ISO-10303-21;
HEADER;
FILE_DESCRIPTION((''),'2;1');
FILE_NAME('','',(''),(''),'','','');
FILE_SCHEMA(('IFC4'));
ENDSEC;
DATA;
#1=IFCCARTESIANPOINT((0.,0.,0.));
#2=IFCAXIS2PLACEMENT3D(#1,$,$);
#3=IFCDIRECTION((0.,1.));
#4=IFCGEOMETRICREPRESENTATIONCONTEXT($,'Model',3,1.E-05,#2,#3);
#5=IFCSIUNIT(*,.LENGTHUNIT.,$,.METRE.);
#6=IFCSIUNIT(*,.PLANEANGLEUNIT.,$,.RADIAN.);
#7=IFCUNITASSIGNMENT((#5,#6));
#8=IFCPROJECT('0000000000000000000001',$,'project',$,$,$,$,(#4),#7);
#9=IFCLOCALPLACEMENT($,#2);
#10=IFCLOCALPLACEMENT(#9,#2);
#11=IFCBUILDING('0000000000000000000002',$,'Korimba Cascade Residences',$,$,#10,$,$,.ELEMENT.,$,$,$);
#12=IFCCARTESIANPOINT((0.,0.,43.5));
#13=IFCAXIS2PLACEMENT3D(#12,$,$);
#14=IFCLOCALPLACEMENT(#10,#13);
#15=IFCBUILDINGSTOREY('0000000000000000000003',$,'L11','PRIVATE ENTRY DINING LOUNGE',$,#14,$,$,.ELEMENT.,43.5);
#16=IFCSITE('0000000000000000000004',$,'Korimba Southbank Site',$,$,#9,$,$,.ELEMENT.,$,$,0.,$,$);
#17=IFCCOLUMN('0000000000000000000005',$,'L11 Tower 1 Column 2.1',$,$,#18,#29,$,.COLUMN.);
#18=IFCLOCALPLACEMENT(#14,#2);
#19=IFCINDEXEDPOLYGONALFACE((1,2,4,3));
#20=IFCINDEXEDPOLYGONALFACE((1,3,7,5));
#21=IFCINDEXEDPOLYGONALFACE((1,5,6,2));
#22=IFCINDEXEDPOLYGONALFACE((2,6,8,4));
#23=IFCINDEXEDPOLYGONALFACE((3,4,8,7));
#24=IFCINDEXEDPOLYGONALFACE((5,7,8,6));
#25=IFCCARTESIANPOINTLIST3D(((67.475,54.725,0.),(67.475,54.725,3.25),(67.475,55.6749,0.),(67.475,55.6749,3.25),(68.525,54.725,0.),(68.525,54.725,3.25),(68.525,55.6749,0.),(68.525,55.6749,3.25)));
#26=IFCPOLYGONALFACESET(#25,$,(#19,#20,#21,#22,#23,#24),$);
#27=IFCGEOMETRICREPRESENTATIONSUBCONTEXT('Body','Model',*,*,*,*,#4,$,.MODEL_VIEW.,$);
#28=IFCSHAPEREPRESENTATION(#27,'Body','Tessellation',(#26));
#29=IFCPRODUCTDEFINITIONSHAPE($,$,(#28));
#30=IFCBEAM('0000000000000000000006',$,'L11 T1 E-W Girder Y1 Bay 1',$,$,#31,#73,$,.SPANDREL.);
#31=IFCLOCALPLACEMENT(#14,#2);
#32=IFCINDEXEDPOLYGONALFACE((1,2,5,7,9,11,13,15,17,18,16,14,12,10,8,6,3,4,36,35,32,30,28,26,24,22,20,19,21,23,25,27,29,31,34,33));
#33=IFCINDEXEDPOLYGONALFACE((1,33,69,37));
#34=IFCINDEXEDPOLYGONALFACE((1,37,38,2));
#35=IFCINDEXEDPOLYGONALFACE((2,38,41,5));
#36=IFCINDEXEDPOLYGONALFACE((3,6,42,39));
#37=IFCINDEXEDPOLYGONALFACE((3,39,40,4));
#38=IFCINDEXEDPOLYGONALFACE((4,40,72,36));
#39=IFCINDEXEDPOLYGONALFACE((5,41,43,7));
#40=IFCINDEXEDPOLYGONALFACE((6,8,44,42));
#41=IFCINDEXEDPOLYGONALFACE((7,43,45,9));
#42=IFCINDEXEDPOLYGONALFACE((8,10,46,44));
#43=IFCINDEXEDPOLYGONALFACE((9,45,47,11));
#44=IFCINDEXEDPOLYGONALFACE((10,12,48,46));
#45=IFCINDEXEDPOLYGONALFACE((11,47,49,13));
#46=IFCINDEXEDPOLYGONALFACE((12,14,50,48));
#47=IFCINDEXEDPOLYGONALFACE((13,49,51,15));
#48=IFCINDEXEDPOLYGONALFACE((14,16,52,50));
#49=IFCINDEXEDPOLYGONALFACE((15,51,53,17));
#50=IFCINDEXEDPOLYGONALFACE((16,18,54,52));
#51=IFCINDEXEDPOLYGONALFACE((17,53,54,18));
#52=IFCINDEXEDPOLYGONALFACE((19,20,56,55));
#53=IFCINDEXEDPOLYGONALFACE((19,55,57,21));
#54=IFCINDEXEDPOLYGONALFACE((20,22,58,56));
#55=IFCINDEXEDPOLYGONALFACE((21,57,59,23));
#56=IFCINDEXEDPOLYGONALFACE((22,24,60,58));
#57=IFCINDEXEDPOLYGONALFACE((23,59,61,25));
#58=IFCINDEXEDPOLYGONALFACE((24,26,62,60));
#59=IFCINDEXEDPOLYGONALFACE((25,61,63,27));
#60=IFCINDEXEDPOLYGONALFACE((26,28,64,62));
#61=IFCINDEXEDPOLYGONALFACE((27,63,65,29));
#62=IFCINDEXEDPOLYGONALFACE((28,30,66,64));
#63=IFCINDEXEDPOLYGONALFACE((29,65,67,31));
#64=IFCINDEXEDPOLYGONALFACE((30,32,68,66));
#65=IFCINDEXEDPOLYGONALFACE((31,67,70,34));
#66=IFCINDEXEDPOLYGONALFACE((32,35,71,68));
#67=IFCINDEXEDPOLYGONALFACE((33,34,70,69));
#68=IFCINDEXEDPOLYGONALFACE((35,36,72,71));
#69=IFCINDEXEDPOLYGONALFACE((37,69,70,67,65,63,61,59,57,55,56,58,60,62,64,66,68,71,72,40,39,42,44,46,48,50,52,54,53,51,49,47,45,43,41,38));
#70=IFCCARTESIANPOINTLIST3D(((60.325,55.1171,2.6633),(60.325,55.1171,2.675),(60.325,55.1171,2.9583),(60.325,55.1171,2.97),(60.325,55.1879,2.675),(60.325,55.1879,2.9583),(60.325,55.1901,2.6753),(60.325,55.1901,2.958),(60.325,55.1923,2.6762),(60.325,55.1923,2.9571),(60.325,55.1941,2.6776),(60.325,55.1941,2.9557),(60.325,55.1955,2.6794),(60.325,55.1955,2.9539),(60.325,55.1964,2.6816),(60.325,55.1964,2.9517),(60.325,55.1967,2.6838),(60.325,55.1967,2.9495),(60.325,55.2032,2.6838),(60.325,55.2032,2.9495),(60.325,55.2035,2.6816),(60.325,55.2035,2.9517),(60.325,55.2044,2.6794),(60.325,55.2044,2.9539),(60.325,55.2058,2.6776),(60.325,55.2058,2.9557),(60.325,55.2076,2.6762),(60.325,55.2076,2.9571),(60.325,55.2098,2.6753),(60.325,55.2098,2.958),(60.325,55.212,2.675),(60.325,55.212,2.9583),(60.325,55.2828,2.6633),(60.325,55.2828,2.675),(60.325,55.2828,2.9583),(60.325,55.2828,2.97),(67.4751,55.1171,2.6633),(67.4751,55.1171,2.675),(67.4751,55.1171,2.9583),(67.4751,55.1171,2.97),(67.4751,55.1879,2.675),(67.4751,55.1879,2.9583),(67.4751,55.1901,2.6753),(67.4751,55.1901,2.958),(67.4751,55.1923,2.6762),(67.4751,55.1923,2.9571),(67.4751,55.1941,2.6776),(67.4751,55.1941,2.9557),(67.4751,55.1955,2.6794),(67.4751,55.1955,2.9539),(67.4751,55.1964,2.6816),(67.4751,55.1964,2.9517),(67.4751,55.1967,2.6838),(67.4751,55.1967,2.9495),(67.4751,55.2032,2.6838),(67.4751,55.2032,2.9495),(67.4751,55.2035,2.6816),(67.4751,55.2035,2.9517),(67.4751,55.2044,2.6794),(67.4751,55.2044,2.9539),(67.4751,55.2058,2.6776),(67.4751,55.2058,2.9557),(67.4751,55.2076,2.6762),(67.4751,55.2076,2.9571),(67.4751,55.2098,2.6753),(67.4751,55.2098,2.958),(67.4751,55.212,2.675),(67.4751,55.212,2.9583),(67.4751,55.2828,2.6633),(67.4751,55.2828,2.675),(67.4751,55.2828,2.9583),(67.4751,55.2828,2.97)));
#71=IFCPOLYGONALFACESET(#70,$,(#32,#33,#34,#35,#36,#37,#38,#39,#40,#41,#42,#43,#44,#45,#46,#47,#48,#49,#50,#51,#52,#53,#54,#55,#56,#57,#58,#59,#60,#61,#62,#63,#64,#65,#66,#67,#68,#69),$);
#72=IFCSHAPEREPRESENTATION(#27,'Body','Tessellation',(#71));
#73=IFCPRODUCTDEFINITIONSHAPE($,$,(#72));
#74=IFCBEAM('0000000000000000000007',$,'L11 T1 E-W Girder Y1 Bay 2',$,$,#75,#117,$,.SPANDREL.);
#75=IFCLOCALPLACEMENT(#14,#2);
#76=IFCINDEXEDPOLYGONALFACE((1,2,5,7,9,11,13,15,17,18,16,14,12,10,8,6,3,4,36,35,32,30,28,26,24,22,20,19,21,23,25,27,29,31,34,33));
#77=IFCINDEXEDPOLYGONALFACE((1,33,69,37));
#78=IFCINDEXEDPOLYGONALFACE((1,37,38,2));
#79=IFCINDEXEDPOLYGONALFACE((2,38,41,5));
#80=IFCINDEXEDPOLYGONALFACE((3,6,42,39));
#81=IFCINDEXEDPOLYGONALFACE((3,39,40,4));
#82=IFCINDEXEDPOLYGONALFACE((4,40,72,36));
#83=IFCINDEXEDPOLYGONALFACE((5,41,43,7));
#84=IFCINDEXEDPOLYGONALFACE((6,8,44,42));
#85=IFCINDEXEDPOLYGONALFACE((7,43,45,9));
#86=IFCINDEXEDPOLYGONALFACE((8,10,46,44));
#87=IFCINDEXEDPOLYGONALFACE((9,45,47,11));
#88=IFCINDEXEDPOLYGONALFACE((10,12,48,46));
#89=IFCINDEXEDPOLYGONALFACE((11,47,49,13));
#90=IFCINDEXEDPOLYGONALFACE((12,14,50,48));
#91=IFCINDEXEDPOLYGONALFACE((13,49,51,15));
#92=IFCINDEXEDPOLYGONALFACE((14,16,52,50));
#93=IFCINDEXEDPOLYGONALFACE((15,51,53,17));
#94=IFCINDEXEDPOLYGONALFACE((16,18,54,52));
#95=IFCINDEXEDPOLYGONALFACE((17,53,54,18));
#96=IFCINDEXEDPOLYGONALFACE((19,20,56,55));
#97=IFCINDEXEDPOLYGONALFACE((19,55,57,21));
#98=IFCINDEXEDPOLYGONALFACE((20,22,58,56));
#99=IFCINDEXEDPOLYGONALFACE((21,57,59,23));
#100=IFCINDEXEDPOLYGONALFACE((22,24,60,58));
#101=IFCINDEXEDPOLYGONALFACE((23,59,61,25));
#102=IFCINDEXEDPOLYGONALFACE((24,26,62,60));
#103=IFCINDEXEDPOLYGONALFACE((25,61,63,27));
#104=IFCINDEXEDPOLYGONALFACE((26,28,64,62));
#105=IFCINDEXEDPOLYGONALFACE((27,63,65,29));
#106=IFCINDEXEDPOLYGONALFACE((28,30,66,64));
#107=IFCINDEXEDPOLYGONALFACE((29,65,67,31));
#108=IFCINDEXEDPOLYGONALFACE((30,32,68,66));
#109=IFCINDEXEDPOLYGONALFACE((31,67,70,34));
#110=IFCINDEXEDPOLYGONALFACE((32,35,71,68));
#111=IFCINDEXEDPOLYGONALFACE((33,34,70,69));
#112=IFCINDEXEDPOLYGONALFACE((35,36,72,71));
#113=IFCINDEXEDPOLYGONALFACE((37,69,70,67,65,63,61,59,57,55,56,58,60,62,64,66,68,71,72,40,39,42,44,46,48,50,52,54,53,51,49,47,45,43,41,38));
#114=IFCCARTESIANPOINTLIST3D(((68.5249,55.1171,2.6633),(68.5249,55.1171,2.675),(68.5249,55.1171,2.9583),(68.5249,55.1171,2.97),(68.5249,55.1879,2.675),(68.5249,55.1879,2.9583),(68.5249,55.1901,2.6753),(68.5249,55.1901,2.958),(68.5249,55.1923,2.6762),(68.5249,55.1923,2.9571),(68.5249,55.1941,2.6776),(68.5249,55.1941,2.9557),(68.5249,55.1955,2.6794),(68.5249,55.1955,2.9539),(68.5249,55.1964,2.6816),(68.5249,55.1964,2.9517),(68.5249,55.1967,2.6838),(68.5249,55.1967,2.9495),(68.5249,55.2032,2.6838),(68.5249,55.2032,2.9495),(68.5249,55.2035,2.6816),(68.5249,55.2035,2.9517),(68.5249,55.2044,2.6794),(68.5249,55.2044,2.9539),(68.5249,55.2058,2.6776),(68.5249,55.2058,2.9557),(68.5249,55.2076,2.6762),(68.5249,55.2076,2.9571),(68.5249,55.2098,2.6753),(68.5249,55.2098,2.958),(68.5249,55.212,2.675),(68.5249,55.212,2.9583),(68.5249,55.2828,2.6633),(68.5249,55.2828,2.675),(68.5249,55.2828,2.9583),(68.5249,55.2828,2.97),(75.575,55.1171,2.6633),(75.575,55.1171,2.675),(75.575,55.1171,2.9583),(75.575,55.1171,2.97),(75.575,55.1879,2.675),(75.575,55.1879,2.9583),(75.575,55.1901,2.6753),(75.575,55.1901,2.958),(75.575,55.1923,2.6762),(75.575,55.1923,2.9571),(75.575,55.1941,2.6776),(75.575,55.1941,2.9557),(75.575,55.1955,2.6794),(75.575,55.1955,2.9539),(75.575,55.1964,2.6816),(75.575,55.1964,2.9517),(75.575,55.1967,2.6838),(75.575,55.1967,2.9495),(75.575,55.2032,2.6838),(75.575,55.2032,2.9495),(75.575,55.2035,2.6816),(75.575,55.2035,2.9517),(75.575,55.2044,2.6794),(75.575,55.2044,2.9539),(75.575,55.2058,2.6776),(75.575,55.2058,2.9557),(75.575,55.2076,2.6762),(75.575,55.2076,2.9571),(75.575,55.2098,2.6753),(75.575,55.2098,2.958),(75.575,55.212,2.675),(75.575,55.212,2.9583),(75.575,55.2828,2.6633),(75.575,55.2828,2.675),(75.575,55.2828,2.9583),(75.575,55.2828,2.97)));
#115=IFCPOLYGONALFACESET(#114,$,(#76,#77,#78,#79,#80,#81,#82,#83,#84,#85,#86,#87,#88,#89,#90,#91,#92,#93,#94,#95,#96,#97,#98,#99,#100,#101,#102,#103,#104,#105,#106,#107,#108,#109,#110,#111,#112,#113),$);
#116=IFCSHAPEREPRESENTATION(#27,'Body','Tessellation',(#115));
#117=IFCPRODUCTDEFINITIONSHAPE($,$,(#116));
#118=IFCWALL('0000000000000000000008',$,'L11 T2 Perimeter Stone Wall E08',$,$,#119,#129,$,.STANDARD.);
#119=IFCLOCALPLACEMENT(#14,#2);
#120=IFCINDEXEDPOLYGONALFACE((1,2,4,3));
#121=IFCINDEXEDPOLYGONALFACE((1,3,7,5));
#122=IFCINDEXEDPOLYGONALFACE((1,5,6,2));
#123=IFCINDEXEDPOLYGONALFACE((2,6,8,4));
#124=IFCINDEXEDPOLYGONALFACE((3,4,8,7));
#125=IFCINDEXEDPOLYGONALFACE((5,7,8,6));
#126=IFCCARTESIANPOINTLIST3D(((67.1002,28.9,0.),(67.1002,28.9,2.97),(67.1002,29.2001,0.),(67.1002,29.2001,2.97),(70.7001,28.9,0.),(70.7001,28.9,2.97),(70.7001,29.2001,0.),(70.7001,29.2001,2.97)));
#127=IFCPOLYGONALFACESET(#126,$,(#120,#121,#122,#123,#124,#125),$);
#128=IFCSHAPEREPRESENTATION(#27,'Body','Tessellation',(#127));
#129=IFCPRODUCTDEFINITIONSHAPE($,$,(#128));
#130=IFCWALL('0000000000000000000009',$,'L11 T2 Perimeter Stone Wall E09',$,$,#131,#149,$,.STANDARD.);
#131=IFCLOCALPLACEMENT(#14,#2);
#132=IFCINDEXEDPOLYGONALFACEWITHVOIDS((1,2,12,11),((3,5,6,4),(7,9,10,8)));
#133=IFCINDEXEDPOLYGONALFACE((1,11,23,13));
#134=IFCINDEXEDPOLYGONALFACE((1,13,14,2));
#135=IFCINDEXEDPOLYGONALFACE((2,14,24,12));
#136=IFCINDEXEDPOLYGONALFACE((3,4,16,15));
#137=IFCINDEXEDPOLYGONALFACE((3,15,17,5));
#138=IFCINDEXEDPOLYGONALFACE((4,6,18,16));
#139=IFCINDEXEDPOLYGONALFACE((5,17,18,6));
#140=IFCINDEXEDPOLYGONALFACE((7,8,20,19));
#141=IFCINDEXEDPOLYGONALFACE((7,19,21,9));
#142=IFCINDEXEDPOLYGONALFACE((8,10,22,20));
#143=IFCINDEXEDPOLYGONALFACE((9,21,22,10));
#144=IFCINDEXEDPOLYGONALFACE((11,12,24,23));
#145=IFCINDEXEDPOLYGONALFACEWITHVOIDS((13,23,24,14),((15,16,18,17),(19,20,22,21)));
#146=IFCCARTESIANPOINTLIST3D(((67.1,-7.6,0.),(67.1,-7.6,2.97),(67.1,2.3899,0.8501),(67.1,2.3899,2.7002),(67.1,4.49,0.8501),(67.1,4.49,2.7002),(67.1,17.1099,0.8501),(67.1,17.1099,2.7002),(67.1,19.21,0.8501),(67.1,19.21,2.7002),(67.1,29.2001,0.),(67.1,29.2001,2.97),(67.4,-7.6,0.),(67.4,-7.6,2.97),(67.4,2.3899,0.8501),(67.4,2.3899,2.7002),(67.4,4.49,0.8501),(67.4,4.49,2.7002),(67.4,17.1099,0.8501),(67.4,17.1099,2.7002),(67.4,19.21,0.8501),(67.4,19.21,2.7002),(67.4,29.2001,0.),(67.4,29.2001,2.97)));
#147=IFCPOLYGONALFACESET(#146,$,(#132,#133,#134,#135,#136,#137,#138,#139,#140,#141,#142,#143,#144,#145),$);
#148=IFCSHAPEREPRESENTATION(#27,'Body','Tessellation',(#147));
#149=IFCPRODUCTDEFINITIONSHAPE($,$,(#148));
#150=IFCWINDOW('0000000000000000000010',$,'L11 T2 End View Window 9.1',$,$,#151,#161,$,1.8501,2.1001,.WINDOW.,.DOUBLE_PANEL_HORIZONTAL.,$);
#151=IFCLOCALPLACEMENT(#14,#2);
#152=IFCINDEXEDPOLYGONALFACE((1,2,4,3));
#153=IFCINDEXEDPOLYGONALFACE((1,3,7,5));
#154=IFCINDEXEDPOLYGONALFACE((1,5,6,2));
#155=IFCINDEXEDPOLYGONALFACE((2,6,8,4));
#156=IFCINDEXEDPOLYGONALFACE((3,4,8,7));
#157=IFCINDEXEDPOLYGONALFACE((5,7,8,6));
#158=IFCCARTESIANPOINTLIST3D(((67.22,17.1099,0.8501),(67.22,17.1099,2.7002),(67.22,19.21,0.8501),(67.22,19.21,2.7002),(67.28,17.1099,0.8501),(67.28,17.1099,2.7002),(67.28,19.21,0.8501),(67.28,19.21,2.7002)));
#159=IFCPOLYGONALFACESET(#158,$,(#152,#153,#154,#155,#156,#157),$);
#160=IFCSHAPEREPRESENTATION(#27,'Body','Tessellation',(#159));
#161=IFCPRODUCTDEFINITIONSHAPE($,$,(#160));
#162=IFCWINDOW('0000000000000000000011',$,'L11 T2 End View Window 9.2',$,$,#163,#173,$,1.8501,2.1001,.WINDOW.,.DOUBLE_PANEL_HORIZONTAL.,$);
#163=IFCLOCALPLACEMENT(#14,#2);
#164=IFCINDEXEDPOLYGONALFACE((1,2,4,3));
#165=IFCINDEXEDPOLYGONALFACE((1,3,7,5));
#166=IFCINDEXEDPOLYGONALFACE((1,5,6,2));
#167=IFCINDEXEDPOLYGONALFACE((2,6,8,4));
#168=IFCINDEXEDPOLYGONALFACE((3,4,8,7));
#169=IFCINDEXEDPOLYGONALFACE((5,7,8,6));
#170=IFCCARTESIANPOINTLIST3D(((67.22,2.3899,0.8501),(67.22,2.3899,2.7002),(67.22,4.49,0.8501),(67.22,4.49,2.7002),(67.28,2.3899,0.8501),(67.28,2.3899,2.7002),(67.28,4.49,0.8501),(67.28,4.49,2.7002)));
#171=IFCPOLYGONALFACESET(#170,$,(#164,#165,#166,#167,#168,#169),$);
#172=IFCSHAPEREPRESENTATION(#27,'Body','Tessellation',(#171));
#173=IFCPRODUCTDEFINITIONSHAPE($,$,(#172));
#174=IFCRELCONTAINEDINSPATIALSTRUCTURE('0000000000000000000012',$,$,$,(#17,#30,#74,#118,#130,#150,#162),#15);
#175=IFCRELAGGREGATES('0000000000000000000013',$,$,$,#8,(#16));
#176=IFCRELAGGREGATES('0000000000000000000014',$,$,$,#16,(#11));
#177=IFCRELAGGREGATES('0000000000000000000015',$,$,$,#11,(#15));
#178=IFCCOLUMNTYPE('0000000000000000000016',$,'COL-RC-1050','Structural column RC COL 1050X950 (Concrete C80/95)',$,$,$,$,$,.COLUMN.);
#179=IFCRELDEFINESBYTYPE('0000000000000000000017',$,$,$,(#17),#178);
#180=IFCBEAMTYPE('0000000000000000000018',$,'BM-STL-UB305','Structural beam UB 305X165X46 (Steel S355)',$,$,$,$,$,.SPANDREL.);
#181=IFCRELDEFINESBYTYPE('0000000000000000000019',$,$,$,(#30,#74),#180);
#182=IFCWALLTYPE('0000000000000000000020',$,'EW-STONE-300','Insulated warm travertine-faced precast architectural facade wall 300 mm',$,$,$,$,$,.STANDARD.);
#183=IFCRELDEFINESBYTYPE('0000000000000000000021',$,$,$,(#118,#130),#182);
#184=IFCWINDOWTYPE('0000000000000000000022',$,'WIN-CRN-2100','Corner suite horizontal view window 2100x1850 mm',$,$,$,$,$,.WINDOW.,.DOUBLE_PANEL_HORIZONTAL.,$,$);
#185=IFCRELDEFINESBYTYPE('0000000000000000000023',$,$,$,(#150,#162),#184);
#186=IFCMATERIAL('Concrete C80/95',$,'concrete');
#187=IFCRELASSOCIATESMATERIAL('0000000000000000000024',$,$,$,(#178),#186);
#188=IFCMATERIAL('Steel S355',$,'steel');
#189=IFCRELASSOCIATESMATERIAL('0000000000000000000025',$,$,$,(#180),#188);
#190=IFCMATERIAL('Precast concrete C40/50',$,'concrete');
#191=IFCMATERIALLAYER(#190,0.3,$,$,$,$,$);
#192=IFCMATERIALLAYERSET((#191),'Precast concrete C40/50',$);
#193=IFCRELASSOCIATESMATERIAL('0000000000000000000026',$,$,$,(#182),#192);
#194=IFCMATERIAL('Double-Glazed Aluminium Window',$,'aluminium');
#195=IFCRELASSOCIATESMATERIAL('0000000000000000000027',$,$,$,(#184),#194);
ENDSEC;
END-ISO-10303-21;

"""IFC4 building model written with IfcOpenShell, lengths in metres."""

from ifc_helpers import new_model, si_unit, direction, frame, frame_2d, origin, origin_2d, place, context, subcontext, project, spatial, rectangle, i_section, extrude, material, layer, layer_set, material_profile, profile_set, type_object, element, fill, save


model = new_model("IFC4")

# Units and contexts
model_context = context("Model", 3, precision=1e-05, world=origin(), true_north=direction((0.0, 1.0)))
body_context = subcontext(model_context, "Body", "Model", "MODEL_VIEW")
ifc_project = project(units=[si_unit("LENGTHUNIT", "METRE"), si_unit("PLANEANGLEUNIT", "RADIAN")], contexts=[model_context])

# Site, building, storey
site_placement = place(None, origin())
site = spatial("IfcSite", under=ifc_project, at=site_placement, Name="Korimba Southbank Site", CompositionType="ELEMENT", RefElevation=0.0)
building_placement = place(site_placement, origin())
building = spatial("IfcBuilding", under=site, at=building_placement, Name="Korimba Cascade Residences", CompositionType="ELEMENT")
storey_placement = place(building_placement, frame((0.0, 0.0, 43.5)))
storey = spatial("IfcBuildingStorey", under=building, at=storey_placement, Name="L11", Description="PRIVATE ENTRY DINING LOUNGE", CompositionType="ELEMENT", Elevation=43.5)

# Column
ifc_material_1 = material(Name="Concrete C80/95", Category="concrete")
ifc_material_profile_1 = material_profile(ifc_material_1, rectangle(XDim=1.05, YDim=0.95, at=origin_2d()), Name="Concrete C80/95")
ifc_profile_set_1 = profile_set([ifc_material_profile_1], Name="Concrete C80/95")
column_type = type_object("IfcColumnType", Name="COL-RC-1050", Description="Structural column RC COL 1050X950 (Concrete C80/95)", PredefinedType="COLUMN", material=ifc_profile_set_1)
column_placement = place(storey_placement, frame((68.0, 55.2, 0.0), z_axis=(0.0, 0.0, 1.0), x_axis=(1.0, 0.0, 0.0)))
element("IfcColumn", 1, at=column_placement, inside=storey, type_object=column_type, Name="L11 Tower 1 Column 2.1", PredefinedType="COLUMN", context=body_context, shape_type="SweptSolid", body=[
    extrude(rectangle(XDim=1.05, YDim=0.95, at=origin_2d()), origin(), (0.0, 0.0, 1.0), 3.25),
])

# Beams
ifc_material_2 = material(Name="Steel S355", Category="steel")
ifc_material_profile_2 = material_profile(ifc_material_2, i_section(OverallWidth=0.1658, OverallDepth=0.3066, WebThickness=0.0066, FlangeThickness=0.0117, FilletRadius=0.0088, at=origin_2d()), Name="Steel S355")
ifc_profile_set_2 = profile_set([ifc_material_profile_2], Name="Steel S355")
beam_type = type_object("IfcBeamType", Name="BM-STL-UB305", Description="Structural beam UB 305X165X46 (Steel S355)", PredefinedType="SPANDREL", material=ifc_profile_set_2)
beam_1_placement = place(storey_placement, frame((60.325, 55.2, 2.8167), z_axis=(1.0, 0.0, 0.0), x_axis=(0.0, 1.0, 0.0)))
element("IfcBeam", 2, at=beam_1_placement, inside=storey, type_object=beam_type, Name="L11 T1 E-W Girder Y1 Bay 1", PredefinedType="SPANDREL", context=body_context, shape_type="SweptSolid", body=[
    extrude(i_section(OverallWidth=0.1658, OverallDepth=0.3066, WebThickness=0.0066, FlangeThickness=0.0117, FilletRadius=0.0088, at=origin_2d()), origin(), (0.0, 0.0, 1.0), 7.1501),
])
beam_2_placement = place(storey_placement, frame((68.5249, 55.2, 2.8167), z_axis=(1.0, 0.0, 0.0), x_axis=(0.0, 1.0, 0.0)))
element("IfcBeam", 3, at=beam_2_placement, inside=storey, type_object=beam_type, Name="L11 T1 E-W Girder Y1 Bay 2", PredefinedType="SPANDREL", context=body_context, shape_type="SweptSolid", body=[
    extrude(i_section(OverallWidth=0.1658, OverallDepth=0.3066, WebThickness=0.0066, FlangeThickness=0.0117, FilletRadius=0.0088, at=origin_2d()), origin(), (0.0, 0.0, 1.0), 7.05),
])

# Wall
ifc_material_3 = material(Name="Precast concrete C40/50", Category="concrete")
ifc_layer_1 = layer(ifc_material_3, 0.3)
ifc_layer_set_1 = layer_set([ifc_layer_1], Name="Precast concrete C40/50")
wall_type_1 = type_object("IfcWallType", Name="EW-STONE-300", Description="Insulated warm travertine-faced precast architectural facade wall 300 mm", PredefinedType="STANDARD", material=ifc_layer_set_1)
wall_1_placement = place(storey_placement, frame((70.7, 29.05, 0.0), z_axis=(0.0, 0.0, 1.0), x_axis=(-1.0, 0.0, 0.0)))
element("IfcWall", 4, at=wall_1_placement, inside=storey, type_object=wall_type_1, Name="L11 T2 Perimeter Stone Wall E08", PredefinedType="STANDARD", context=body_context, shape_type="SweptSolid", body=[
    extrude(rectangle(XDim=3.5999, YDim=0.3, at=frame_2d((1.7998, 0.0))), origin(), (0.0, 0.0, 1.0), 2.97),
])

# Wall, openings, windows
wall_2_placement = place(storey_placement, frame((67.25, 29.2, 0.0), z_axis=(0.0, 0.0, 1.0), x_axis=(0.0, -1.0, 0.0)))
wall_2 = element("IfcWall", 5, at=wall_2_placement, inside=storey, type_object=wall_type_1, Name="L11 T2 Perimeter Stone Wall E09", PredefinedType="STANDARD", context=body_context, shape_type="SweptSolid", body=[
    extrude(rectangle(XDim=36.8, YDim=0.3, at=frame_2d((18.3999, 0.0))), origin(), (0.0, 0.0, 1.0), 2.97),
])
opening_1_placement = place(wall_2_placement, frame((9.99, 0.0, 0.8501)))
opening_1 = element("IfcOpeningElement", 6, at=opening_1_placement, cuts=wall_2, PredefinedType="OPENING", context=body_context, shape_type="SweptSolid", body=[
    extrude(rectangle(XDim=2.1001, YDim=1.8501, at=frame_2d((1.05, 0.925))), frame((0.0, 0.1602, 0.0), z_axis=(0.0, -1.0, 0.0), x_axis=(1.0, 0.0, 0.0)), (0.0, 0.0, 1.0), 0.3201),
])
opening_2_placement = place(wall_2_placement, frame((24.71, 0.0, 0.8501)))
opening_2 = element("IfcOpeningElement", 7, at=opening_2_placement, cuts=wall_2, PredefinedType="OPENING", context=body_context, shape_type="SweptSolid", body=[
    extrude(rectangle(XDim=2.1001, YDim=1.8501, at=frame_2d((1.05, 0.925))), frame((0.0, 0.1602, 0.0), z_axis=(0.0, -1.0, 0.0), x_axis=(1.0, 0.0, 0.0)), (0.0, 0.0, 1.0), 0.3201),
])
ifc_material_4 = material(Name="Double-Glazed Aluminium Window", Category="aluminium")
window_type = type_object("IfcWindowType", Name="WIN-CRN-2100", Description="Corner suite horizontal view window 2100x1850 mm", PartitioningType="DOUBLE_PANEL_HORIZONTAL", PredefinedType="WINDOW", material=ifc_material_4)
window_1_placement = place(opening_1_placement, origin())
window_1 = element("IfcWindow", 8, at=window_1_placement, inside=storey, type_object=window_type, Name="L11 T2 End View Window 9.1", OverallHeight=1.8501, OverallWidth=2.1001, PartitioningType="DOUBLE_PANEL_HORIZONTAL", PredefinedType="WINDOW", context=body_context, shape_type="SweptSolid", body=[
    extrude(rectangle(XDim=2.1001, YDim=1.8501, at=frame_2d((1.05, 0.925))), frame((0.0, 0.03, 0.0), z_axis=(0.0, -1.0, 0.0), x_axis=(1.0, 0.0, 0.0)), (0.0, 0.0, 1.0), 0.0601),
])
fill(opening_1, window_1)
window_2_placement = place(opening_2_placement, origin())
window_2 = element("IfcWindow", 9, at=window_2_placement, inside=storey, type_object=window_type, Name="L11 T2 End View Window 9.2", OverallHeight=1.8501, OverallWidth=2.1001, PartitioningType="DOUBLE_PANEL_HORIZONTAL", PredefinedType="WINDOW", context=body_context, shape_type="SweptSolid", body=[
    extrude(rectangle(XDim=2.1001, YDim=1.8501, at=frame_2d((1.05, 0.925))), frame((0.0, 0.03, 0.0), z_axis=(0.0, -1.0, 0.0), x_axis=(1.0, 0.0, 0.0)), (0.0, 0.0, 1.0), 0.0601),
])
fill(opening_2, window_2)

save(model, "model.ifc")
